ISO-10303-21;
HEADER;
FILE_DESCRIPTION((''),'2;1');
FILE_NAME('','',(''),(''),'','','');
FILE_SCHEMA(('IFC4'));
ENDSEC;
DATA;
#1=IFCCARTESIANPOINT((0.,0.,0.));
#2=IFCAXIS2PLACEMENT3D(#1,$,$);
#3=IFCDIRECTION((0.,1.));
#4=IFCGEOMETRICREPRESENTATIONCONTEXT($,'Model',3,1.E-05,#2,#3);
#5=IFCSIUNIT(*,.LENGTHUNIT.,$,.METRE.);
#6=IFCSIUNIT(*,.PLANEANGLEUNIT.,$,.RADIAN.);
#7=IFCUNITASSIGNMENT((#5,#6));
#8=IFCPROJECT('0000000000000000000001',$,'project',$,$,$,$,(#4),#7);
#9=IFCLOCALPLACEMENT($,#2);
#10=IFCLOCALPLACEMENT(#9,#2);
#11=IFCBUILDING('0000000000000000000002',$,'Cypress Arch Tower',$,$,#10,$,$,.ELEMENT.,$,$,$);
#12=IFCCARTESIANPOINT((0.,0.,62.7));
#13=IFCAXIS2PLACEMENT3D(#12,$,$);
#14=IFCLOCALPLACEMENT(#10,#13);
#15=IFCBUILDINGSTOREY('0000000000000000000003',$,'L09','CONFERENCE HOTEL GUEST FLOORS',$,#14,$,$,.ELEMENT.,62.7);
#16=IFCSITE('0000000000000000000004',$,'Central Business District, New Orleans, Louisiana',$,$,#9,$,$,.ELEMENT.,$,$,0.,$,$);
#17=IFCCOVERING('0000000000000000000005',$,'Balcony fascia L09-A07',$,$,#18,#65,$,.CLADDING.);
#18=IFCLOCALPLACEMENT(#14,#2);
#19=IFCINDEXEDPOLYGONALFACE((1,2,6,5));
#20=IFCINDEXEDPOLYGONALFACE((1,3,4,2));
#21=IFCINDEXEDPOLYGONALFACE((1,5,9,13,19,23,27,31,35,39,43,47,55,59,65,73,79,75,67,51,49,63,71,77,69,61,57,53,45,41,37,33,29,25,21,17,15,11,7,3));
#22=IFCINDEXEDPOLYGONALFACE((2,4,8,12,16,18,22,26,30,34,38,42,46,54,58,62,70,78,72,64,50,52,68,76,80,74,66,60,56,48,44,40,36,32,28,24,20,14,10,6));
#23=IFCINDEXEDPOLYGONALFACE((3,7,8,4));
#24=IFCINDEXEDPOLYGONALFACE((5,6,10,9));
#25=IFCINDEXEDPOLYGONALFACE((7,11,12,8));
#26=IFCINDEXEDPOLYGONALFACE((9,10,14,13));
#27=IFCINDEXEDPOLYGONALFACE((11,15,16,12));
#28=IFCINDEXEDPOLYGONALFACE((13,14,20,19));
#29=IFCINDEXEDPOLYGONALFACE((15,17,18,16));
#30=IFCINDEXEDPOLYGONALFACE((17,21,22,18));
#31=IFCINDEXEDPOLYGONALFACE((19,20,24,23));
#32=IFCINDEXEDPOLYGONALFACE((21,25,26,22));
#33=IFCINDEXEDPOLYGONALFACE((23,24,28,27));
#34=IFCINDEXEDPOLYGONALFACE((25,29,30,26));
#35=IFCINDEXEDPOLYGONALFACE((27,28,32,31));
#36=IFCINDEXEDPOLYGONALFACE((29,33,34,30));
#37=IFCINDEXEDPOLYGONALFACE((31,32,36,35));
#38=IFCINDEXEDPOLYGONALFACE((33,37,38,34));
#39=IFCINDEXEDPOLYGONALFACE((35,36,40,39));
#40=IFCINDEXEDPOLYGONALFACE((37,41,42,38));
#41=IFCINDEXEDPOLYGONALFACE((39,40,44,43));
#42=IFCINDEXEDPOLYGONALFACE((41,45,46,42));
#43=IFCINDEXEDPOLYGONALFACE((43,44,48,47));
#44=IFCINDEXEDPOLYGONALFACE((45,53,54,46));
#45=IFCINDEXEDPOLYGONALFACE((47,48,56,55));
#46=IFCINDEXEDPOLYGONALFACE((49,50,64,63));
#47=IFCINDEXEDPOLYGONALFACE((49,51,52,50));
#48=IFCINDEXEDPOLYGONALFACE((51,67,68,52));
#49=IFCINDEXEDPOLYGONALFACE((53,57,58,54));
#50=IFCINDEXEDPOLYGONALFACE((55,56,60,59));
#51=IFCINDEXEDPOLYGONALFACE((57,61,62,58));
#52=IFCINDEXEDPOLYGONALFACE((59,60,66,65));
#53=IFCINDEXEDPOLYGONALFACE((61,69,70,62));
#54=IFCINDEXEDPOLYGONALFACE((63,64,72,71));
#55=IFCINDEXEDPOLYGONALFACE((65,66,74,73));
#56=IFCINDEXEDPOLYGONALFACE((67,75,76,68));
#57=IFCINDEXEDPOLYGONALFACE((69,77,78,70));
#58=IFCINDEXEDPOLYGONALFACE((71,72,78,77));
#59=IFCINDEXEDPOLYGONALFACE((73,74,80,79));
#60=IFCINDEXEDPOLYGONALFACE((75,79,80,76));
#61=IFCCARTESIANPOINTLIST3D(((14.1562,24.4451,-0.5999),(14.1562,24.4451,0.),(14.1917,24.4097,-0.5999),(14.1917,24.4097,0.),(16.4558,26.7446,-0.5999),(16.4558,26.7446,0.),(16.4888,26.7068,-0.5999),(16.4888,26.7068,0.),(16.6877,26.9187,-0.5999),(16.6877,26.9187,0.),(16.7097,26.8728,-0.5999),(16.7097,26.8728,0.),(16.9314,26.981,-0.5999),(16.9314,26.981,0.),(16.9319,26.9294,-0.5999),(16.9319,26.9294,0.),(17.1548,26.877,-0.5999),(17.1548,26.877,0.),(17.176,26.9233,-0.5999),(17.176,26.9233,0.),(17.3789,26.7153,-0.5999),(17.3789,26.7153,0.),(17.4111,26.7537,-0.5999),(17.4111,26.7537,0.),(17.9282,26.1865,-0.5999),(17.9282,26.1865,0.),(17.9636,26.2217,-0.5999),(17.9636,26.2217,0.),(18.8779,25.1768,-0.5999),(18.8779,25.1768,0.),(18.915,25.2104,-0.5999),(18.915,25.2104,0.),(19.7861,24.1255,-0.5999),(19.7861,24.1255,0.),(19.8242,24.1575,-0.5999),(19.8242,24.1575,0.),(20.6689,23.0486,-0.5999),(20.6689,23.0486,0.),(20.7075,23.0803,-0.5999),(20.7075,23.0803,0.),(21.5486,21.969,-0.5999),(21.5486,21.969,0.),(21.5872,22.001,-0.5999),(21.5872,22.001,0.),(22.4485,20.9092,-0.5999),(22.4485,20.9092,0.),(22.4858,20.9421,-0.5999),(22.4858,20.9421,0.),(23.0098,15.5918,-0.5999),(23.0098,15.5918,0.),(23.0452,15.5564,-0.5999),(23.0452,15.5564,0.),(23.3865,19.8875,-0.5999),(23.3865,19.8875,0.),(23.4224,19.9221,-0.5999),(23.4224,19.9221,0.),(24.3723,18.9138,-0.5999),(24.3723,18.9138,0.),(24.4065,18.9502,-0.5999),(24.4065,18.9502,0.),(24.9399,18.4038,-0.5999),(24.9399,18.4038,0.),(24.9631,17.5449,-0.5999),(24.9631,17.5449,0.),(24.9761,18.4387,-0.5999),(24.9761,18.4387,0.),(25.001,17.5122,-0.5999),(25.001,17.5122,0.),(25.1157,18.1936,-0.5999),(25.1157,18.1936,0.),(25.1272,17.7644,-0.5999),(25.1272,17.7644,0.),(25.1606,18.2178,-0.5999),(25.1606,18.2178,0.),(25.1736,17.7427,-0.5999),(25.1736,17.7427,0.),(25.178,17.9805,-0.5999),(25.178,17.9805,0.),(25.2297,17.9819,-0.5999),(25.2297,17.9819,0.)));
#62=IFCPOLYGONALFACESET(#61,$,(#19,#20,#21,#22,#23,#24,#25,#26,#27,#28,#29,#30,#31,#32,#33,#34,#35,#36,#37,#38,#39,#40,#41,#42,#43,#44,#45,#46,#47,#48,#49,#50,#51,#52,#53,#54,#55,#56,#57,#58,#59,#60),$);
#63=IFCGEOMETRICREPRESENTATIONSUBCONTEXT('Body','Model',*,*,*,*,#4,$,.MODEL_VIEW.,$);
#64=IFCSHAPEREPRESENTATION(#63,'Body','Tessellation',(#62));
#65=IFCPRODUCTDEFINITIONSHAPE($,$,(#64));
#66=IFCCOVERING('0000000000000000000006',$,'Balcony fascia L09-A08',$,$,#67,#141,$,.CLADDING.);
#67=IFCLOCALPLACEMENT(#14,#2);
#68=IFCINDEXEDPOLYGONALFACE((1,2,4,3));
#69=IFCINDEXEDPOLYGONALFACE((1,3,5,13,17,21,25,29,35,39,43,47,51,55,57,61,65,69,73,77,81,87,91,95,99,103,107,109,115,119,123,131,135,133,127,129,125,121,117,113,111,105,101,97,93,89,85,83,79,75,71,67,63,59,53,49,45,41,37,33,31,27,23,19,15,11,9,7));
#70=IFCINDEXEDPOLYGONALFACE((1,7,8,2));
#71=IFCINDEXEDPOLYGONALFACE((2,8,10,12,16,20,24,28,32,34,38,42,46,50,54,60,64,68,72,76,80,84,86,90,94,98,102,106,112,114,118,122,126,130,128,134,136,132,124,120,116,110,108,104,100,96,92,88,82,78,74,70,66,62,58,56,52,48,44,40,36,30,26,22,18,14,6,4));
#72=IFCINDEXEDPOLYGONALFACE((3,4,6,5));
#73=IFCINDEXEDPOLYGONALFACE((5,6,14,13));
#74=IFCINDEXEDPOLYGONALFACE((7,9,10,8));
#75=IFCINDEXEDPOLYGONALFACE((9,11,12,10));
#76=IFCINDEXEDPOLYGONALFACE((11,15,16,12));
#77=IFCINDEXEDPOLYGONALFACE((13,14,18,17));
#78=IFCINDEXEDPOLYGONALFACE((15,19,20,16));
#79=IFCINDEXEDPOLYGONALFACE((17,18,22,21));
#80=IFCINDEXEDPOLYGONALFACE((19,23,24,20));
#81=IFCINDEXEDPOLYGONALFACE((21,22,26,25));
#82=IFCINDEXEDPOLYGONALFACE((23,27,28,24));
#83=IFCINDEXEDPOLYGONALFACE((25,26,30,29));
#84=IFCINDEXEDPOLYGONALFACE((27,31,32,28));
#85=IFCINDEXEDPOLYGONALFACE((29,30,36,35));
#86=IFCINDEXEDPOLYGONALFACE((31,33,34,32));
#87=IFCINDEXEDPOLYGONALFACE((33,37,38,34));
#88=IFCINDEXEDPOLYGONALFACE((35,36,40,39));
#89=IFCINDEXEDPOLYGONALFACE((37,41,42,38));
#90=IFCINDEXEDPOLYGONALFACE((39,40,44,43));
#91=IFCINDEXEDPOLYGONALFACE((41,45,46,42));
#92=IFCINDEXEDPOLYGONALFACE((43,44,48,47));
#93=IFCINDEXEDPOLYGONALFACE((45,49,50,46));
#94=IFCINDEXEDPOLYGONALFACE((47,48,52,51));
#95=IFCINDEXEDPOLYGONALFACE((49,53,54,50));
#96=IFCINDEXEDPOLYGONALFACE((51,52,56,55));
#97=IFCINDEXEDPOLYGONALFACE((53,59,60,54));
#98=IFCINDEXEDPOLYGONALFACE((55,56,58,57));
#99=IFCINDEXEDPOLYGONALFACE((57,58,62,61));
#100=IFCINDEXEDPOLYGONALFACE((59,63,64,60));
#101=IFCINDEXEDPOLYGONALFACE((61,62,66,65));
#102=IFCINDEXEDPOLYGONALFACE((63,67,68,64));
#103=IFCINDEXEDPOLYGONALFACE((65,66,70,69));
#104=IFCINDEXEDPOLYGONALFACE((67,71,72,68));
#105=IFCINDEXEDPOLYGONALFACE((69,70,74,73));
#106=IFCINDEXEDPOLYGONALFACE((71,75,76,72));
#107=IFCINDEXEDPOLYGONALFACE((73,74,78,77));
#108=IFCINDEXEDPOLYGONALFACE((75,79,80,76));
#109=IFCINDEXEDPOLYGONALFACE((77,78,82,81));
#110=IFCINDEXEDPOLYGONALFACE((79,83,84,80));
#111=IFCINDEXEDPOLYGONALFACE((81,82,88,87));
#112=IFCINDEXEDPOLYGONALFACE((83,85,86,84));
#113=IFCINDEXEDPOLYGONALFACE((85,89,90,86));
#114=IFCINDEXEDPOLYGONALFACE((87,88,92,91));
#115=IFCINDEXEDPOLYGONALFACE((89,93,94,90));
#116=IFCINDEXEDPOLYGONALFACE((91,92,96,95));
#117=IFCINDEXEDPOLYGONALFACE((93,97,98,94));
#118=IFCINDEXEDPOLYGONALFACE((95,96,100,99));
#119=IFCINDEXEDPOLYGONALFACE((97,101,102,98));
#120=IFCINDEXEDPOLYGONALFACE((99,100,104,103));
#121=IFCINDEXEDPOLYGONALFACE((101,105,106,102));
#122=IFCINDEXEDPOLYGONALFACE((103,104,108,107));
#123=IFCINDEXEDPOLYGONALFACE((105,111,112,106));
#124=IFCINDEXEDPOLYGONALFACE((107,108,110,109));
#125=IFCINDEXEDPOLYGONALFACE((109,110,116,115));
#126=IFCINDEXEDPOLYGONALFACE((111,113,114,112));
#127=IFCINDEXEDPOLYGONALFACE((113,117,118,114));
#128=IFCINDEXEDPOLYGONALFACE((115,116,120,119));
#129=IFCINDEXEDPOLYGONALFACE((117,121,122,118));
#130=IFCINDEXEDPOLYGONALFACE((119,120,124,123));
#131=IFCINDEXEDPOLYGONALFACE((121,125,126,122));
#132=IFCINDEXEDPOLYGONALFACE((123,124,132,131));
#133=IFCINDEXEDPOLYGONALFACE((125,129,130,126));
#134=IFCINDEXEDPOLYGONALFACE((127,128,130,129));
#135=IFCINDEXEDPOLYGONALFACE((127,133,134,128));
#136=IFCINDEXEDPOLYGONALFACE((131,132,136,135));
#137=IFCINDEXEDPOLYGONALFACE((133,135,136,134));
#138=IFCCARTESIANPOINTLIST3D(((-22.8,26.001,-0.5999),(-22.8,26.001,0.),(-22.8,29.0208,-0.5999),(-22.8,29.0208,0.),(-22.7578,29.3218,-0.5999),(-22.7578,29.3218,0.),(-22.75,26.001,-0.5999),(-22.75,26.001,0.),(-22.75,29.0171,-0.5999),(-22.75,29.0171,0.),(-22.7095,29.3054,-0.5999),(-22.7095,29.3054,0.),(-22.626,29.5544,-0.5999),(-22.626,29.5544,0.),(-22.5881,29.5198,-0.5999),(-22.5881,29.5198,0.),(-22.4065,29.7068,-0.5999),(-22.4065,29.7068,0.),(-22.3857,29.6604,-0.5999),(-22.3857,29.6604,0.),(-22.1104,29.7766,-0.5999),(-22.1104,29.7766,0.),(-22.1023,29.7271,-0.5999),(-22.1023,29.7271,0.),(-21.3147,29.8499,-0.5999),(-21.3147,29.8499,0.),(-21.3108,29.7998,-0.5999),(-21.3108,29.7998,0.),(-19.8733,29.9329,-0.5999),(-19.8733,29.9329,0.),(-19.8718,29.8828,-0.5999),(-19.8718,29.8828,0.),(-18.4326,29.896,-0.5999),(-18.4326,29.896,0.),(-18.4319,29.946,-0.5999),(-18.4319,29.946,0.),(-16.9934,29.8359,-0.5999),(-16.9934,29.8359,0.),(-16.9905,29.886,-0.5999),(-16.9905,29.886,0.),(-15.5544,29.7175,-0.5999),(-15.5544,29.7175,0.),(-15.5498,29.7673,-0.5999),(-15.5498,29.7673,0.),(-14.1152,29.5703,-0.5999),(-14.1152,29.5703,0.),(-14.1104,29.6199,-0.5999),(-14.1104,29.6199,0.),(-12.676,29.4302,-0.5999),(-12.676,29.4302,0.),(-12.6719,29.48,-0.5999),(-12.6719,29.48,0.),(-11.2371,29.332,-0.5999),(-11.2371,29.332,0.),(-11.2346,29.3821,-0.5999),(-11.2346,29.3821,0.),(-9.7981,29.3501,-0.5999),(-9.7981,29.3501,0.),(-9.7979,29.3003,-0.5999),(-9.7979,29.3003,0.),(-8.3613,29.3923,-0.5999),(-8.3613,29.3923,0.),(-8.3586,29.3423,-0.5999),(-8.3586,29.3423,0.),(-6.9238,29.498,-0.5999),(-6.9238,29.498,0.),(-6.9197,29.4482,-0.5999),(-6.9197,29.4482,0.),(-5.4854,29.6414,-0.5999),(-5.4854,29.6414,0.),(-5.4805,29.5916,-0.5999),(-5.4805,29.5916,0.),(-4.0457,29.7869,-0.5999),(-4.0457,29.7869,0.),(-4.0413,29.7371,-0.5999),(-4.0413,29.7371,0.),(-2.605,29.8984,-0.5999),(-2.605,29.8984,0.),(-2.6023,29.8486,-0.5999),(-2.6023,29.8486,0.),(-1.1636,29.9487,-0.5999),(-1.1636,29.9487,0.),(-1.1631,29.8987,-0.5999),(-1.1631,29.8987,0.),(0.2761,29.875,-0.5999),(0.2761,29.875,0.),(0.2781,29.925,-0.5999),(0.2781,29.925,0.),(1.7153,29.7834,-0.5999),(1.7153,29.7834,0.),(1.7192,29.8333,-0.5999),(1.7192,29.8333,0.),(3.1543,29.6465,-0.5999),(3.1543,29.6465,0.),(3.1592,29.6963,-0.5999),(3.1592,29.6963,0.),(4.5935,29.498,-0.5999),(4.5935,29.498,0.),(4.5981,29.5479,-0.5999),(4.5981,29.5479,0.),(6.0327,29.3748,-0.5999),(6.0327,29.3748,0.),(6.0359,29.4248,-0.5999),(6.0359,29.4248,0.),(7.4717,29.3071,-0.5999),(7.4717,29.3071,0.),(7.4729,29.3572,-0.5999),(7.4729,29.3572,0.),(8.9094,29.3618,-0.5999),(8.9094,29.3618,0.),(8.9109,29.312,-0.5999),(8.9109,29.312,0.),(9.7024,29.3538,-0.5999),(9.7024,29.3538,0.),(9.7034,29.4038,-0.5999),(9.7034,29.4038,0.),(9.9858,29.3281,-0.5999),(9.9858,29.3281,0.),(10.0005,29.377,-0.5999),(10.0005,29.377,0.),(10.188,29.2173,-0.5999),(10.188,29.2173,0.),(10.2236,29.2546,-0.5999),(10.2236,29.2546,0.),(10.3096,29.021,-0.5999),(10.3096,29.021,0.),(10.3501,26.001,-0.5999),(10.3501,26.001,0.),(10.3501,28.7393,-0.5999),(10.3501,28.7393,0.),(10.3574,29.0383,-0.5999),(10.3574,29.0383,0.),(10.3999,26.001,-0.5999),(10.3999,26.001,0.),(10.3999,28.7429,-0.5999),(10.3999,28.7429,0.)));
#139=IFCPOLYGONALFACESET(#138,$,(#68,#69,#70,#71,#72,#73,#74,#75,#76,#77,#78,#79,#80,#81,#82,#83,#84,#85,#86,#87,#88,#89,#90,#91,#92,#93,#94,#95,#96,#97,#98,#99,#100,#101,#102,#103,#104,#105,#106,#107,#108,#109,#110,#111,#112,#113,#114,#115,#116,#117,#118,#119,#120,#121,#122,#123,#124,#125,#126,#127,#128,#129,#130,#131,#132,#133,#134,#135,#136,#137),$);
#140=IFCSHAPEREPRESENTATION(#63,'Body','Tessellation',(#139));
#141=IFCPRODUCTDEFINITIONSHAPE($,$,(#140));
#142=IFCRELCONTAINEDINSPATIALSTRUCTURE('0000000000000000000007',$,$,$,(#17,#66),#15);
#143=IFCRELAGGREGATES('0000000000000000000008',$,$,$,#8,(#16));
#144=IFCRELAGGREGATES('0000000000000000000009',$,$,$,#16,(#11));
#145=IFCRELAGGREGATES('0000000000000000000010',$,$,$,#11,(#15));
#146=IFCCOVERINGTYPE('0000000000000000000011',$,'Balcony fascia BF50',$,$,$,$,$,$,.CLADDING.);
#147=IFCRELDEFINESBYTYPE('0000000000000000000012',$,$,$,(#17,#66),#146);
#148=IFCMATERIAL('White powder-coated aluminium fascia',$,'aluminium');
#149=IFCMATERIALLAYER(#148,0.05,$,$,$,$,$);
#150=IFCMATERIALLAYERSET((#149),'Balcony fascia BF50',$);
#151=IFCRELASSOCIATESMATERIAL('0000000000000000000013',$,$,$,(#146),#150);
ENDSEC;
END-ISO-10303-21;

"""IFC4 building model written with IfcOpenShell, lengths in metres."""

from ifc_helpers import new_model, si_unit, direction, frame, origin, place, context, subcontext, project, spatial, polyline, outline, extrude, material, layer, layer_set, type_object, element, save


model = new_model("IFC4")

# Units and contexts
model_context = context("Model", 3, precision=1e-05, world=origin(), true_north=direction((0.0, 1.0)))
body_context = subcontext(model_context, "Body", "Model", "MODEL_VIEW")
ifc_project = project(units=[si_unit("LENGTHUNIT", "METRE"), si_unit("PLANEANGLEUNIT", "RADIAN")], contexts=[model_context])

# Site, building, storey
site_placement = place(None, origin())
site = spatial("IfcSite", under=ifc_project, at=site_placement, Name="Central Business District, New Orleans, Louisiana", CompositionType="ELEMENT", RefElevation=0.0)
building_placement = place(site_placement, origin())
building = spatial("IfcBuilding", under=site, at=building_placement, Name="Cypress Arch Tower", CompositionType="ELEMENT")
storey_placement = place(building_placement, frame((0.0, 0.0, 62.7)))
storey = spatial("IfcBuildingStorey", under=building, at=storey_placement, Name="L09", Description="CONFERENCE HOTEL GUEST FLOORS", CompositionType="ELEMENT", Elevation=62.7)

# Coverings
ifc_material_1 = material(Name="White powder-coated aluminium fascia", Category="aluminium")
ifc_layer_1 = layer(ifc_material_1, 0.05)
ifc_layer_set_1 = layer_set([ifc_layer_1], Name="Balcony fascia BF50")
covering_type_1 = type_object("IfcCoveringType", Name="Balcony fascia BF50", PredefinedType="CLADDING", material=ifc_layer_set_1)
covering_1_placement = place(storey_placement, frame((0.0, 0.0, -0.5999)))
element("IfcCovering", 1, at=covering_1_placement, inside=storey, type_object=covering_type_1, Name="Balcony fascia L09-A07", PredefinedType="CLADDING", context=body_context, shape_type="SweptSolid", body=[
    extrude(outline(polyline([(16.4558, 26.7446), (16.6877, 26.9187), (16.9314, 26.981), (17.176, 26.9233), (17.4111, 26.7537), (17.9636, 26.2217), (18.915, 25.2104), (19.8242, 24.1575), (20.7075, 23.0803), (21.5872, 22.001), (22.4858, 20.9421), (23.4224, 19.9221), (24.4065, 18.9502), (24.9761, 18.4387), (25.1606, 18.2178), (25.2297, 17.9819), (25.1736, 17.7427), (25.001, 17.5122), (23.0452, 15.5564), (23.0098, 15.5918), (24.9631, 17.5449), (25.1272, 17.7644), (25.178, 17.9805), (25.1157, 18.1936), (24.9399, 18.4038), (24.3723, 18.9138), (23.3865, 19.8875), (22.4485, 20.9092), (21.5486, 21.969), (20.6689, 23.0486), (19.7861, 24.1255), (18.8779, 25.1768), (17.9282, 26.1865), (17.3789, 26.7153), (17.1548, 26.877), (16.9319, 26.9294), (16.7097, 26.8728), (16.4888, 26.7068), (14.1917, 24.4097), (14.1562, 24.4451), (16.4558, 26.7446)])), origin(), (0.0, 0.0, 1.0), 0.5999),
])
covering_2_placement = place(storey_placement, frame((0.0, 0.0, -0.5999)))
element("IfcCovering", 2, at=covering_2_placement, inside=storey, type_object=covering_type_1, Name="Balcony fascia L09-A08", PredefinedType="CLADDING", context=body_context, shape_type="SweptSolid", body=[
    extrude(outline(polyline([(-22.8, 29.0208), (-22.7578, 29.3218), (-22.626, 29.5544), (-22.4065, 29.7068), (-22.1104, 29.7766), (-21.3147, 29.8499), (-19.8733, 29.9329), (-18.4319, 29.946), (-16.9905, 29.886), (-15.5498, 29.7673), (-14.1104, 29.6199), (-12.6719, 29.48), (-11.2346, 29.3821), (-9.7981, 29.3501), (-8.3613, 29.3923), (-6.9238, 29.498), (-5.4854, 29.6414), (-4.0457, 29.7869), (-2.605, 29.8984), (-1.1636, 29.9487), (0.2781, 29.925), (1.7192, 29.8333), (3.1592, 29.6963), (4.5981, 29.5479), (6.0359, 29.4248), (7.4729, 29.3572), (8.9094, 29.3618), (9.7034, 29.4038), (10.0005, 29.377), (10.2236, 29.2546), (10.3574, 29.0383), (10.3999, 28.7429), (10.3999, 26.001), (10.3501, 26.001), (10.3501, 28.7393), (10.3096, 29.021), (10.188, 29.2173), (9.9858, 29.3281), (9.7024, 29.3538), (8.9109, 29.312), (7.4717, 29.3071), (6.0327, 29.3748), (4.5935, 29.498), (3.1543, 29.6465), (1.7153, 29.7834), (0.2761, 29.875), (-1.1631, 29.8987), (-2.6023, 29.8486), (-4.0413, 29.7371), (-5.4805, 29.5916), (-6.9197, 29.4482), (-8.3586, 29.3423), (-9.7979, 29.3003), (-11.2371, 29.332), (-12.676, 29.4302), (-14.1152, 29.5703), (-15.5544, 29.7175), (-16.9934, 29.8359), (-18.4326, 29.896), (-19.8718, 29.8828), (-21.3108, 29.7998), (-22.1023, 29.7271), (-22.3857, 29.6604), (-22.5881, 29.5198), (-22.7095, 29.3054), (-22.75, 29.0171), (-22.75, 26.001), (-22.8, 26.001), (-22.8, 29.0208)])), origin(), (0.0, 0.0, 1.0), 0.5999),
])

save(model, "model.ifc")
